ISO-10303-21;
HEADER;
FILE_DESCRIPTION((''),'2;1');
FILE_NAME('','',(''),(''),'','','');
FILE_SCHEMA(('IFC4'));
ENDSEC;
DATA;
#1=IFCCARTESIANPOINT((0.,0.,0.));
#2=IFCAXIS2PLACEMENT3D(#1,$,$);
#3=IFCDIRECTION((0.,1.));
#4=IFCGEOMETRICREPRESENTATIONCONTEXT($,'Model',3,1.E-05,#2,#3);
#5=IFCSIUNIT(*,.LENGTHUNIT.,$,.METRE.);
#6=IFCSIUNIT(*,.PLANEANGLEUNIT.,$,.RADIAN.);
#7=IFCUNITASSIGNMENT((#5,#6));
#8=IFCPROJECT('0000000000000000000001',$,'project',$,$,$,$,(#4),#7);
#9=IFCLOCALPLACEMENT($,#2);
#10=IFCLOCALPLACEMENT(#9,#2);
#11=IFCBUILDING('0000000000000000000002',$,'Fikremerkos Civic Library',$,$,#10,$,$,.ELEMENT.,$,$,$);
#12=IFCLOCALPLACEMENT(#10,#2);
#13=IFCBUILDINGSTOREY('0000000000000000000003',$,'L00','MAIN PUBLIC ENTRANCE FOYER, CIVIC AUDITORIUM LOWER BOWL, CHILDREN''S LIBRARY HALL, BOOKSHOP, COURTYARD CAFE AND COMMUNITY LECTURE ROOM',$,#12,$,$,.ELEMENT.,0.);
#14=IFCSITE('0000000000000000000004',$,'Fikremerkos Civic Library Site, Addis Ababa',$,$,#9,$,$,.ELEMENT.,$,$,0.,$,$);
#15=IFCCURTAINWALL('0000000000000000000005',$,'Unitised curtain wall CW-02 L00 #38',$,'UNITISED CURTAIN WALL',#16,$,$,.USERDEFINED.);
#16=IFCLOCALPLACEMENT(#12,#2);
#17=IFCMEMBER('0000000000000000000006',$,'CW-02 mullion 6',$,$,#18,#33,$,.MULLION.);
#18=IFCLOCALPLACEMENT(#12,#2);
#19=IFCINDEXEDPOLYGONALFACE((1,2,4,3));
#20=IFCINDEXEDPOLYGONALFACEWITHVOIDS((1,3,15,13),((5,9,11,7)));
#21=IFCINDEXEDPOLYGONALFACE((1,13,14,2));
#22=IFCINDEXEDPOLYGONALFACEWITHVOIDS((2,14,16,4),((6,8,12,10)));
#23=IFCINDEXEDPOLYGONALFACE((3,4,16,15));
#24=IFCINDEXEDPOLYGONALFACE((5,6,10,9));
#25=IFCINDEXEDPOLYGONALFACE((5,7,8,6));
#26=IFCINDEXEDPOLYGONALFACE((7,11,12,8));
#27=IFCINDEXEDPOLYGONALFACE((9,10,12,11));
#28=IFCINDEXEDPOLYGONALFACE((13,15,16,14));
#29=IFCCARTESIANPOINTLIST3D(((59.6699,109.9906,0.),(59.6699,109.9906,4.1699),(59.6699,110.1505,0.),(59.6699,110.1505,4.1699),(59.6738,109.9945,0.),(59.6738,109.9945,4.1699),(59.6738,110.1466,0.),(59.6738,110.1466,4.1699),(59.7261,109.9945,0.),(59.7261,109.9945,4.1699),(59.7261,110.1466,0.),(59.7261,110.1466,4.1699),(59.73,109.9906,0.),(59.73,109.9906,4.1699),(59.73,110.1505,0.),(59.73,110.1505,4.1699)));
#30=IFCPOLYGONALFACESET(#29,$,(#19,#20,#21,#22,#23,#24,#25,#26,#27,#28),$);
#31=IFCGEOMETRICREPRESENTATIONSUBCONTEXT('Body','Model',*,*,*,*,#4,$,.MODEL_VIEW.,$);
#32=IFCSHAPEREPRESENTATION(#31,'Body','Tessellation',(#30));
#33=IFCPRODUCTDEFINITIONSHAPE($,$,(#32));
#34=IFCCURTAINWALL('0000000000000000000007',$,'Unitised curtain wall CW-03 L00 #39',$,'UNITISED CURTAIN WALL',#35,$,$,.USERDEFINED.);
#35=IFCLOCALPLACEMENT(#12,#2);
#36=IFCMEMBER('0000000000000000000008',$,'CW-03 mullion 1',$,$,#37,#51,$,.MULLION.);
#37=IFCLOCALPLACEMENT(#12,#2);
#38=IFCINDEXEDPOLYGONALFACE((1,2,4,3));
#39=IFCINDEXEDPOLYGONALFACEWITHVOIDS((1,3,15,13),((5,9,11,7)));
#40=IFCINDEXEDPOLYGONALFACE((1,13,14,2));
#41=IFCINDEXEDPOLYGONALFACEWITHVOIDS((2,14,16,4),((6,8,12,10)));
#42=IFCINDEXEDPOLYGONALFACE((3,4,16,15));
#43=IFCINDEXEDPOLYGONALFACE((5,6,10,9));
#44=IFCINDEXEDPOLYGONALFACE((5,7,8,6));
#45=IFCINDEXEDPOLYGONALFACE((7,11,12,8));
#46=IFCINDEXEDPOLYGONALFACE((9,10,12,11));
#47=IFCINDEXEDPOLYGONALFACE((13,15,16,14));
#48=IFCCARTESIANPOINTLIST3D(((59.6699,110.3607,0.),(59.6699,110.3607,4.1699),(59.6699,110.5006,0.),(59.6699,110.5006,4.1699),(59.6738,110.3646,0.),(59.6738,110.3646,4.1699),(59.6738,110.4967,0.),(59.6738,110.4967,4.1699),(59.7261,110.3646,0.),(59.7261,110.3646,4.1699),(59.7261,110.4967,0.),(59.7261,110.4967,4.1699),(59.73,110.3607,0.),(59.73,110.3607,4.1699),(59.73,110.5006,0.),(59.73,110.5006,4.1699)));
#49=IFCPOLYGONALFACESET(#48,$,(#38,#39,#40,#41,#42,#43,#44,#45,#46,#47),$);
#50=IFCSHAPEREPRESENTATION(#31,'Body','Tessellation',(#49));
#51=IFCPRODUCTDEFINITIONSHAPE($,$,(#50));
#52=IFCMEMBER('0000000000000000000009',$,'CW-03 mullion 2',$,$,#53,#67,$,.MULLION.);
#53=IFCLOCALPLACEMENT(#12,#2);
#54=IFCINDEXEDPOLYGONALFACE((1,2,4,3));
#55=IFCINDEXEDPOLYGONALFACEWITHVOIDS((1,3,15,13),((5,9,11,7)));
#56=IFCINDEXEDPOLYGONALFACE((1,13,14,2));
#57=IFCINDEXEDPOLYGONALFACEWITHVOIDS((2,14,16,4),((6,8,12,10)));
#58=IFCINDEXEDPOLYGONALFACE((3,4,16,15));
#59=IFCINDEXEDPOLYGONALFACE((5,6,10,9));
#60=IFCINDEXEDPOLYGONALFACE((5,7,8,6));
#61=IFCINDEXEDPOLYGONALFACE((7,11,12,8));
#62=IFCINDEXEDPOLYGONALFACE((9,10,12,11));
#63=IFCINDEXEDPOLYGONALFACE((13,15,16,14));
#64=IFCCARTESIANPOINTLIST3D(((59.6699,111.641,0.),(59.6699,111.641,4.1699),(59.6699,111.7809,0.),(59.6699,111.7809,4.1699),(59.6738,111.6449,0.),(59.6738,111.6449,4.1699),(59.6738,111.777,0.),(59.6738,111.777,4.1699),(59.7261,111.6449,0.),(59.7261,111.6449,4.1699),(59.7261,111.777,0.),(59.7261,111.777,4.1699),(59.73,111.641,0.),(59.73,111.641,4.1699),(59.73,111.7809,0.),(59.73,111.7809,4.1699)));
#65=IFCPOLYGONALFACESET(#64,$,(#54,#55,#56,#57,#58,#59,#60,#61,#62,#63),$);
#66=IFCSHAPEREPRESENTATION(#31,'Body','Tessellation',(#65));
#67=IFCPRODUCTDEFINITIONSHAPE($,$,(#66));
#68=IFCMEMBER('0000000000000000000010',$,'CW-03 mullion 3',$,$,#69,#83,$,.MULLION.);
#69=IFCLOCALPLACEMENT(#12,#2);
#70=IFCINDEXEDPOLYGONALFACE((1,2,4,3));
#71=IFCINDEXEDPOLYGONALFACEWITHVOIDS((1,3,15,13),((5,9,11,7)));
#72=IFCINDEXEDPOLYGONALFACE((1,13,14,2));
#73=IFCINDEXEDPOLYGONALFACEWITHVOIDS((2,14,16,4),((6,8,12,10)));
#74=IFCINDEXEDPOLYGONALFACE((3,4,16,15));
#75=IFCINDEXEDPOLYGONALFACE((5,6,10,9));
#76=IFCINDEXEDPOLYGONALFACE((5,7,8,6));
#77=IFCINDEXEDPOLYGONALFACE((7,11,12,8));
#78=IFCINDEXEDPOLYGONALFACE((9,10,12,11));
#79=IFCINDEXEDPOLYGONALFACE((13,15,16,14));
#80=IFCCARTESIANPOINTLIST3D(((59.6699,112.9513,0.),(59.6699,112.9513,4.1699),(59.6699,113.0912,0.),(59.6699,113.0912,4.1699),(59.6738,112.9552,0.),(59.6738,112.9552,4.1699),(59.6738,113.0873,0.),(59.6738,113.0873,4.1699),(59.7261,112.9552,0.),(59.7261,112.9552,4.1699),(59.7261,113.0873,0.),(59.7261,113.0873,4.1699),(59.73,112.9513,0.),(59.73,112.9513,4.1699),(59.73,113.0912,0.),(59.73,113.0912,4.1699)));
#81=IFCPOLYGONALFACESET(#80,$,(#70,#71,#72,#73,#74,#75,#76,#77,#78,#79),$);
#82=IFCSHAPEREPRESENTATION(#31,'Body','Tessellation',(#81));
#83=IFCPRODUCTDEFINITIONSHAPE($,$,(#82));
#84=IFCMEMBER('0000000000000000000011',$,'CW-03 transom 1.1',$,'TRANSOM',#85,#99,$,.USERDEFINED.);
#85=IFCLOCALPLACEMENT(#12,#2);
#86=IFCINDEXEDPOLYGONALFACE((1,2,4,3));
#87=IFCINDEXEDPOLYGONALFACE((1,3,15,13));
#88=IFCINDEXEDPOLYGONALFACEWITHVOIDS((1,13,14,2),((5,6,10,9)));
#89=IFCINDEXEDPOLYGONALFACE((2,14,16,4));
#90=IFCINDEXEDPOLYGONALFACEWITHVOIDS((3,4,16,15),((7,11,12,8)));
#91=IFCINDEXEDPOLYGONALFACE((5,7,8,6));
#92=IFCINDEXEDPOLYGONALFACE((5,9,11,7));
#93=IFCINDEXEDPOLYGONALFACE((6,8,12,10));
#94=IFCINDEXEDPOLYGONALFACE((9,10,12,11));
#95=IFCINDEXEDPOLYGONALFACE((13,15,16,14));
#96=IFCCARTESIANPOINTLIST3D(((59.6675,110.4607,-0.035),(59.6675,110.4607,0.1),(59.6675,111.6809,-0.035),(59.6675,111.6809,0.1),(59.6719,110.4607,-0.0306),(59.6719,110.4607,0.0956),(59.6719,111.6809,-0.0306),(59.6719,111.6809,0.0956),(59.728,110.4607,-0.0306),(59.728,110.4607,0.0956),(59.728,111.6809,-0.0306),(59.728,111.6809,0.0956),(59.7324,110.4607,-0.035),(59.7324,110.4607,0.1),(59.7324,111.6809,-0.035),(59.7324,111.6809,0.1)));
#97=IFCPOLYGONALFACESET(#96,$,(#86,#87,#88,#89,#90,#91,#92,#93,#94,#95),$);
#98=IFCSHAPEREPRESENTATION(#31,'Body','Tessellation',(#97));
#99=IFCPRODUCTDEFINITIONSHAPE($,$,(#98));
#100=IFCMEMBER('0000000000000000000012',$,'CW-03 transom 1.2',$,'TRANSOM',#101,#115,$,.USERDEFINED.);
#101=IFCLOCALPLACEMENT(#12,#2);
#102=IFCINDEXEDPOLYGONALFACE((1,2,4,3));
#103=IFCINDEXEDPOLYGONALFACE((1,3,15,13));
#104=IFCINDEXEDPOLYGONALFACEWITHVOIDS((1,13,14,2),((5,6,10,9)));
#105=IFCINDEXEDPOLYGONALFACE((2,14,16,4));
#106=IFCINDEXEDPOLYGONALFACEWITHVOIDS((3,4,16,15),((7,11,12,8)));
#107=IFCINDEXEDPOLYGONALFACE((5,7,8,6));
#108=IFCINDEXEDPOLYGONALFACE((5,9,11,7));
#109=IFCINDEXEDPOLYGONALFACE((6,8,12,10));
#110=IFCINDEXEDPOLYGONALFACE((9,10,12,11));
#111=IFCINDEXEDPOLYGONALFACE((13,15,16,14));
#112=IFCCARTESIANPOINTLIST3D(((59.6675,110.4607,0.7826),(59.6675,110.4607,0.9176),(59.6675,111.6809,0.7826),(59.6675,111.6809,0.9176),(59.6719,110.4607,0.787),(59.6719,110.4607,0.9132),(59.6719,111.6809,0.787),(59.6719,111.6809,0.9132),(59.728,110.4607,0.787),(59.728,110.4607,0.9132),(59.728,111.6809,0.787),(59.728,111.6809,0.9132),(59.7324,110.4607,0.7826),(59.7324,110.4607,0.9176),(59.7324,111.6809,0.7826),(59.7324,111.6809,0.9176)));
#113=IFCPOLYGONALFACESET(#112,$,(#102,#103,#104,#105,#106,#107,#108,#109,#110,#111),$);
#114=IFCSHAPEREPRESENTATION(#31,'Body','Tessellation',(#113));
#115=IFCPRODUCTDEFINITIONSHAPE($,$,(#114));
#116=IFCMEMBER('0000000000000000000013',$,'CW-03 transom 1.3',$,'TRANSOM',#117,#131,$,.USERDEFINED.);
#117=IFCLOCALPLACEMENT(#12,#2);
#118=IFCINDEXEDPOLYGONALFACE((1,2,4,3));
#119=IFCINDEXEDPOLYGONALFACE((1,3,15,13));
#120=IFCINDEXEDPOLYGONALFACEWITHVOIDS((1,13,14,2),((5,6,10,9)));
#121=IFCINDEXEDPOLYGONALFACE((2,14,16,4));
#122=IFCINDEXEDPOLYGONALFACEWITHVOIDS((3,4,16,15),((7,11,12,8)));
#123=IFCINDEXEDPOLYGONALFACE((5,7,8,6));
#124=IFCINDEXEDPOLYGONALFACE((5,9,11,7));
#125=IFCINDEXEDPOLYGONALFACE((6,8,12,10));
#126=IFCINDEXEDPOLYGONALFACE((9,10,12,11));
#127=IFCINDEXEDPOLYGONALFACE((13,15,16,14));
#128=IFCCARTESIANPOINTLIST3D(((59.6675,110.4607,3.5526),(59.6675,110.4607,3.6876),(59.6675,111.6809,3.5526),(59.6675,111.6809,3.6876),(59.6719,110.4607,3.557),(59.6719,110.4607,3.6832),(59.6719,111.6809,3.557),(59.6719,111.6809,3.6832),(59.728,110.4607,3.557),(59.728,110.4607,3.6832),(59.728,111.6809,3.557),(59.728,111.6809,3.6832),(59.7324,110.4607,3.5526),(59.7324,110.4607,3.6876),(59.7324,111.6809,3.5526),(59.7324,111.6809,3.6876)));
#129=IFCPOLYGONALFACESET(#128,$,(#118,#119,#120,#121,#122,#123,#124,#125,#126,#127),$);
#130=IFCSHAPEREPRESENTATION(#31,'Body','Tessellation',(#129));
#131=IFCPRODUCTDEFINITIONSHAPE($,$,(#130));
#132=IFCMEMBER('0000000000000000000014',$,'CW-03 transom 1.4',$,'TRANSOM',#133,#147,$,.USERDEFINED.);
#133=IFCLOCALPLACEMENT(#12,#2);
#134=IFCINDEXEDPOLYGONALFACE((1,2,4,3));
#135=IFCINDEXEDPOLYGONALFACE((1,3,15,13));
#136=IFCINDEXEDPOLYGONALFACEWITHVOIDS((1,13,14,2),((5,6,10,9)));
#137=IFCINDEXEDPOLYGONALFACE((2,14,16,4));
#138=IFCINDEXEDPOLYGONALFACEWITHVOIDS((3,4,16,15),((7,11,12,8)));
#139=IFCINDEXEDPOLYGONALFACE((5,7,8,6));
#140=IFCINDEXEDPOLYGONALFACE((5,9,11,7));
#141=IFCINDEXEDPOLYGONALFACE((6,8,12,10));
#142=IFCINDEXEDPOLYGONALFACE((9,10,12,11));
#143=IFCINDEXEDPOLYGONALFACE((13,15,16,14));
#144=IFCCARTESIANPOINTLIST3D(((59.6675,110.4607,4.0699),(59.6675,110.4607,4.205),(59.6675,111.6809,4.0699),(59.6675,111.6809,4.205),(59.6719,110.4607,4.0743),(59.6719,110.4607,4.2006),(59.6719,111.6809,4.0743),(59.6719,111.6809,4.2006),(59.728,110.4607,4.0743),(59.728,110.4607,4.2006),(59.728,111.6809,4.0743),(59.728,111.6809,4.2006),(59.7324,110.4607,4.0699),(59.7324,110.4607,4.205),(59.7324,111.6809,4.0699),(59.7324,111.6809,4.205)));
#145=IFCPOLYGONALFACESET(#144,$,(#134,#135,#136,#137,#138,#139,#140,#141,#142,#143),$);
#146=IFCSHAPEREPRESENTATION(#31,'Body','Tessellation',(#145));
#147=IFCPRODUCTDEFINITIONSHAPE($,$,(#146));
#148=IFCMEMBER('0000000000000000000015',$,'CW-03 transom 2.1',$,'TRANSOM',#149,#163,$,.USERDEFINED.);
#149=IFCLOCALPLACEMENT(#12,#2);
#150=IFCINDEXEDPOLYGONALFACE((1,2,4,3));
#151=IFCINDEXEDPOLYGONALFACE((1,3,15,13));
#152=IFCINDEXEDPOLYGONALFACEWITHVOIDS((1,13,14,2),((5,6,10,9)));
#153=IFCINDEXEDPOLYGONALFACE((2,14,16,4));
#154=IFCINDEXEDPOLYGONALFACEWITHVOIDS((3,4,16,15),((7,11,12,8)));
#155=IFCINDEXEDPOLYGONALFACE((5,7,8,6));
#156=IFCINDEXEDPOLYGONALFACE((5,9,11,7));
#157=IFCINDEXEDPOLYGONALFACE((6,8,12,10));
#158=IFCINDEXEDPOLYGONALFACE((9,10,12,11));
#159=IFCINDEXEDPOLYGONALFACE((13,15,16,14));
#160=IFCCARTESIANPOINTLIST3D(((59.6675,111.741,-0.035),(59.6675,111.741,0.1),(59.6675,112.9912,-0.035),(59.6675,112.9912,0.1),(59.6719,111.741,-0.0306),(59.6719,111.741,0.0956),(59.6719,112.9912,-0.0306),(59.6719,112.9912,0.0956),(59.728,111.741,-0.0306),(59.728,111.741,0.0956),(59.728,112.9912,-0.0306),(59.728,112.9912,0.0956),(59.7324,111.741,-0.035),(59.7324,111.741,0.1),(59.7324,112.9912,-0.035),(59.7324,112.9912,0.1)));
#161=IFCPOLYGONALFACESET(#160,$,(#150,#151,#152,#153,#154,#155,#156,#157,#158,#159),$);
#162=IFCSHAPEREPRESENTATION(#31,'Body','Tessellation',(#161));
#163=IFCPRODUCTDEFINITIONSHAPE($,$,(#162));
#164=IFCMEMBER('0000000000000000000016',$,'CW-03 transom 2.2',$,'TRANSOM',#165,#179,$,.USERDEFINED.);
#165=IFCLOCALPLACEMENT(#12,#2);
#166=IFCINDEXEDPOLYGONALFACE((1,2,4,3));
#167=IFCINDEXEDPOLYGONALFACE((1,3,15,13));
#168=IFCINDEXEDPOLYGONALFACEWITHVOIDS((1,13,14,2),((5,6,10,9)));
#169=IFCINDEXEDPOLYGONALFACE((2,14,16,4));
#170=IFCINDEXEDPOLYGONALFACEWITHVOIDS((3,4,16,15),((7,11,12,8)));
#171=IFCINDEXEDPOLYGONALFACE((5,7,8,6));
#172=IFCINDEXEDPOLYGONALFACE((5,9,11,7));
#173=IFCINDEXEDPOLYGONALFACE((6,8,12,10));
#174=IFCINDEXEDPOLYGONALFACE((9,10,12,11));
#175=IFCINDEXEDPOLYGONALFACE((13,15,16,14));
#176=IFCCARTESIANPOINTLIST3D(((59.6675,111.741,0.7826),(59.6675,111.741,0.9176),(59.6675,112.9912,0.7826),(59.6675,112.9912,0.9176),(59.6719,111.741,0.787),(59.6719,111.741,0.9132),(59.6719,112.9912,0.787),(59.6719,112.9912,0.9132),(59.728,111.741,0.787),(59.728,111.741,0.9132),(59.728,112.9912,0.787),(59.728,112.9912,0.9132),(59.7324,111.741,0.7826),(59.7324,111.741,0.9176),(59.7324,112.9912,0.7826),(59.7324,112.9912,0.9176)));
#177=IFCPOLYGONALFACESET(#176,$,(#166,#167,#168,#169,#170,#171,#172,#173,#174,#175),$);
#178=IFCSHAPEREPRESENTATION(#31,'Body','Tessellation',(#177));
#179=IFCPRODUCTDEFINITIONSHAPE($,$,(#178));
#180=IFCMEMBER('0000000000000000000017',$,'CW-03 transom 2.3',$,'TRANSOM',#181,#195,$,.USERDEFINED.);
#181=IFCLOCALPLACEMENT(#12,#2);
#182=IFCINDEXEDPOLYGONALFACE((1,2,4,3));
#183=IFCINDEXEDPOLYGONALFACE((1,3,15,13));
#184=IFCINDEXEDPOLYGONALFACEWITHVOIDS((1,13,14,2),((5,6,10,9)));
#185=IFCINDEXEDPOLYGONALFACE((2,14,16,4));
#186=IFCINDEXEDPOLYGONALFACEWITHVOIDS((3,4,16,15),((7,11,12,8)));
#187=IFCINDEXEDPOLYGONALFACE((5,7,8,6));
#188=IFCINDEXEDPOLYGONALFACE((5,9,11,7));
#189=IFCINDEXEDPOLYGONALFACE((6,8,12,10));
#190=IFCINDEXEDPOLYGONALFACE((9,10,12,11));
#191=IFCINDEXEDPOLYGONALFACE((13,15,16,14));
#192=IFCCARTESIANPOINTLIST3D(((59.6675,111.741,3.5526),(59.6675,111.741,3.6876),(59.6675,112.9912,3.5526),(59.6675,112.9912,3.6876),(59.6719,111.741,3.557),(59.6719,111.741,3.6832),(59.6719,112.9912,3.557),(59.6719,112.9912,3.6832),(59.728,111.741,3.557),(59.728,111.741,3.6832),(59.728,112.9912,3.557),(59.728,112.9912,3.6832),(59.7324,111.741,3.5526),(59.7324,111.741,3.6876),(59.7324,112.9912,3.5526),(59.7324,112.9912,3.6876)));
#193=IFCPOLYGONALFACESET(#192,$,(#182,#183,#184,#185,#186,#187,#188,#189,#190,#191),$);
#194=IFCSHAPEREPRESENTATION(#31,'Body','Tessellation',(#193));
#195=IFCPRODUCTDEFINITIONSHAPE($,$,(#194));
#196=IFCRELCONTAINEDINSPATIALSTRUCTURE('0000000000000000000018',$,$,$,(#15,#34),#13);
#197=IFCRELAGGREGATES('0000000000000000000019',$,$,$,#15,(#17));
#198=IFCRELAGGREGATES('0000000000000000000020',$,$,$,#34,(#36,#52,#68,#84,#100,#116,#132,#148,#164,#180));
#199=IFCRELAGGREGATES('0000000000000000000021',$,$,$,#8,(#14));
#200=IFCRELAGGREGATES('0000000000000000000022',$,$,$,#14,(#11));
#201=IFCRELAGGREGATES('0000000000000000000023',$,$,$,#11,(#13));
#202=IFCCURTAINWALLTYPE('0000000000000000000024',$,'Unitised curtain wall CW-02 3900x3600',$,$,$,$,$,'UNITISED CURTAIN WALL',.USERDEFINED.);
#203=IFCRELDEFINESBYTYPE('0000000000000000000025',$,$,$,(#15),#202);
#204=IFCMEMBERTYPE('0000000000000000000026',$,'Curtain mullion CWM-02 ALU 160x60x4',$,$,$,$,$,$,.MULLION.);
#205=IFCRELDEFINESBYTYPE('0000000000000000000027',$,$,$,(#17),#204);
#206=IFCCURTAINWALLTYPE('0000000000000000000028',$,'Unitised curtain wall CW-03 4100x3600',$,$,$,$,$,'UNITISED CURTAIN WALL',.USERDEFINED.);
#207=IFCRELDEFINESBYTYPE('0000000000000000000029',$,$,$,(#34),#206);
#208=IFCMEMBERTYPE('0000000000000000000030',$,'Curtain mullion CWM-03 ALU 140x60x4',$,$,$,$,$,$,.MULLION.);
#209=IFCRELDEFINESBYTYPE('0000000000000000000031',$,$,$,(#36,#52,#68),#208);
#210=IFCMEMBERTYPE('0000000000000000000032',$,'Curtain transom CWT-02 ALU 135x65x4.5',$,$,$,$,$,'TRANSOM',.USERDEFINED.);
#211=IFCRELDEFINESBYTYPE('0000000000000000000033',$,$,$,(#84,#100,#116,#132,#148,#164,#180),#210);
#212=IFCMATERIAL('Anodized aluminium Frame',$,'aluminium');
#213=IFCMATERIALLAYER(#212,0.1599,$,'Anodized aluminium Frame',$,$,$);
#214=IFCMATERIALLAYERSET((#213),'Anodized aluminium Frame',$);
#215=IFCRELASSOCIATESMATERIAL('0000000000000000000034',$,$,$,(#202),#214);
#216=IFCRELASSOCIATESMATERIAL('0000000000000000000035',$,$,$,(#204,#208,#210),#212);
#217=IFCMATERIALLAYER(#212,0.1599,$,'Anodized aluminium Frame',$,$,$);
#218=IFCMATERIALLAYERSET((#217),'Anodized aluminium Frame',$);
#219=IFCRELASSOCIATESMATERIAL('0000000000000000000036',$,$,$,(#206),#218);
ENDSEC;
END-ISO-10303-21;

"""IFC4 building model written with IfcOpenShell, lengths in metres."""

from ifc_helpers import new_model, si_unit, direction, frame, origin, origin_2d, place, context, subcontext, project, spatial, hollow_rectangle, extrude, material, layer, layer_set, material_profile, profile_set, type_object, element, aggregate, save


model = new_model("IFC4")

# Units and contexts
model_context = context("Model", 3, precision=1e-05, world=origin(), true_north=direction((0.0, 1.0)))
body_context = subcontext(model_context, "Body", "Model", "MODEL_VIEW")
ifc_project = project(units=[si_unit("LENGTHUNIT", "METRE"), si_unit("PLANEANGLEUNIT", "RADIAN")], contexts=[model_context])

# Site, building, storey
site_placement = place(None, origin())
site = spatial("IfcSite", under=ifc_project, at=site_placement, Name="Fikremerkos Civic Library Site, Addis Ababa", CompositionType="ELEMENT", RefElevation=0.0)
building_placement = place(site_placement, origin())
building = spatial("IfcBuilding", under=site, at=building_placement, Name="Fikremerkos Civic Library", CompositionType="ELEMENT")
storey_placement = place(building_placement, origin())
storey = spatial("IfcBuildingStorey", under=building, at=storey_placement, Name="L00", Description="MAIN PUBLIC ENTRANCE FOYER, CIVIC AUDITORIUM LOWER BOWL, CHILDREN'S LIBRARY HALL, BOOKSHOP, COURTYARD CAFE AND COMMUNITY LECTURE ROOM", CompositionType="ELEMENT", Elevation=0.0)

# Curtain wall, member
ifc_material_1 = material(Name="Anodized aluminium Frame", Category="aluminium")
ifc_layer_1 = layer(ifc_material_1, 0.1599, Name="Anodized aluminium Frame")
ifc_layer_set_1 = layer_set([ifc_layer_1], Name="Anodized aluminium Frame")
curtain_wall_type_1 = type_object("IfcCurtainWallType", Name="Unitised curtain wall CW-02 3900x3600", ElementType="UNITISED CURTAIN WALL", PredefinedType="USERDEFINED", material=ifc_layer_set_1)
curtain_wall_1_placement = place(storey_placement, origin())
curtain_wall_1 = element("IfcCurtainWall", 1, at=curtain_wall_1_placement, inside=storey, type_object=curtain_wall_type_1, Name="Unitised curtain wall CW-02 L00 #38", ObjectType="UNITISED CURTAIN WALL", PredefinedType="USERDEFINED")
ifc_material_profile_1 = material_profile(ifc_material_1, hollow_rectangle(XDim=0.0601, YDim=0.1599, WallThickness=0.0039, at=origin_2d()), Name="ALU 160x60x4")
ifc_profile_set_1 = profile_set([ifc_material_profile_1], Name="Anodized aluminium Frame")
member_type_1 = type_object("IfcMemberType", Name="Curtain mullion CWM-02 ALU 160x60x4", PredefinedType="MULLION", material=ifc_profile_set_1)
member_1_placement = place(storey_placement, frame((59.7, 110.0706, 0.0), z_axis=(0.0, 0.0, 1.0), x_axis=(-1.0, 0.0, 0.0)))
member_1 = element("IfcMember", 2, at=member_1_placement, type_object=member_type_1, Name="CW-02 mullion 6", PredefinedType="MULLION", context=body_context, shape_type="SweptSolid", body=[
    extrude(hollow_rectangle(XDim=0.0601, YDim=0.1599, WallThickness=0.0039, at=origin_2d()), origin(), (0.0, 0.0, 1.0), 4.1699),
])
aggregate(curtain_wall_1, [member_1])

# Curtain wall, members
ifc_layer_2 = layer(ifc_material_1, 0.1599, Name="Anodized aluminium Frame")
ifc_layer_set_2 = layer_set([ifc_layer_2], Name="Anodized aluminium Frame")
curtain_wall_type_2 = type_object("IfcCurtainWallType", Name="Unitised curtain wall CW-03 4100x3600", ElementType="UNITISED CURTAIN WALL", PredefinedType="USERDEFINED", material=ifc_layer_set_2)
curtain_wall_2_placement = place(storey_placement, origin())
curtain_wall_2 = element("IfcCurtainWall", 3, at=curtain_wall_2_placement, inside=storey, type_object=curtain_wall_type_2, Name="Unitised curtain wall CW-03 L00 #39", ObjectType="UNITISED CURTAIN WALL", PredefinedType="USERDEFINED")
ifc_material_profile_2 = material_profile(ifc_material_1, hollow_rectangle(XDim=0.0601, YDim=0.1399, WallThickness=0.0039, at=origin_2d()), Name="ALU 140x60x4")
ifc_profile_set_2 = profile_set([ifc_material_profile_2], Name="Anodized aluminium Frame")
member_type_2 = type_object("IfcMemberType", Name="Curtain mullion CWM-03 ALU 140x60x4", PredefinedType="MULLION", material=ifc_profile_set_2)
member_2_placement = place(storey_placement, frame((59.7, 110.4307, 0.0), z_axis=(0.0, 0.0, 1.0), x_axis=(-1.0, 0.0, 0.0)))
member_2 = element("IfcMember", 4, at=member_2_placement, type_object=member_type_2, Name="CW-03 mullion 1", PredefinedType="MULLION", context=body_context, shape_type="SweptSolid", body=[
    extrude(hollow_rectangle(XDim=0.0601, YDim=0.1399, WallThickness=0.0039, at=origin_2d()), origin(), (0.0, 0.0, 1.0), 4.1699),
])
member_3_placement = place(storey_placement, frame((59.7, 111.7109, 0.0), z_axis=(0.0, 0.0, 1.0), x_axis=(-1.0, 0.0, 0.0)))
member_3 = element("IfcMember", 5, at=member_3_placement, type_object=member_type_2, Name="CW-03 mullion 2", PredefinedType="MULLION", context=body_context, shape_type="SweptSolid", body=[
    extrude(hollow_rectangle(XDim=0.0601, YDim=0.1399, WallThickness=0.0039, at=origin_2d()), origin(), (0.0, 0.0, 1.0), 4.1699),
])
member_4_placement = place(storey_placement, frame((59.7, 113.0212, 0.0), z_axis=(0.0, 0.0, 1.0), x_axis=(-1.0, 0.0, 0.0)))
member_4 = element("IfcMember", 6, at=member_4_placement, type_object=member_type_2, Name="CW-03 mullion 3", PredefinedType="MULLION", context=body_context, shape_type="SweptSolid", body=[
    extrude(hollow_rectangle(XDim=0.0601, YDim=0.1399, WallThickness=0.0039, at=origin_2d()), origin(), (0.0, 0.0, 1.0), 4.1699),
])
ifc_material_profile_3 = material_profile(ifc_material_1, hollow_rectangle(XDim=0.0649, YDim=0.135, WallThickness=0.0044, at=origin_2d()), Name="ALU 135x65x4.5")
ifc_profile_set_3 = profile_set([ifc_material_profile_3], Name="Anodized aluminium Frame")
member_type_3 = type_object("IfcMemberType", Name="Curtain transom CWT-02 ALU 135x65x4.5", ElementType="TRANSOM", PredefinedType="USERDEFINED", material=ifc_profile_set_3)
member_5_placement = place(storey_placement, frame((59.7, 110.4607, 0.0325), z_axis=(0.0, 1.0, 0.0), x_axis=(-1.0, 0.0, 0.0)))
member_5 = element("IfcMember", 7, at=member_5_placement, type_object=member_type_3, Name="CW-03 transom 1.1", ObjectType="TRANSOM", PredefinedType="USERDEFINED", context=body_context, shape_type="SweptSolid", body=[
    extrude(hollow_rectangle(XDim=0.0649, YDim=0.135, WallThickness=0.0044, at=origin_2d()), origin(), (0.0, 0.0, 1.0), 1.2202),
])
member_6_placement = place(storey_placement, frame((59.7, 110.4607, 0.8501), z_axis=(0.0, 1.0, 0.0), x_axis=(-1.0, 0.0, 0.0)))
member_6 = element("IfcMember", 8, at=member_6_placement, type_object=member_type_3, Name="CW-03 transom 1.2", ObjectType="TRANSOM", PredefinedType="USERDEFINED", context=body_context, shape_type="SweptSolid", body=[
    extrude(hollow_rectangle(XDim=0.0649, YDim=0.135, WallThickness=0.0044, at=origin_2d()), origin(), (0.0, 0.0, 1.0), 1.2202),
])
member_7_placement = place(storey_placement, frame((59.7, 110.4607, 3.6201), z_axis=(0.0, 1.0, 0.0), x_axis=(-1.0, 0.0, 0.0)))
member_7 = element("IfcMember", 9, at=member_7_placement, type_object=member_type_3, Name="CW-03 transom 1.3", ObjectType="TRANSOM", PredefinedType="USERDEFINED", context=body_context, shape_type="SweptSolid", body=[
    extrude(hollow_rectangle(XDim=0.0649, YDim=0.135, WallThickness=0.0044, at=origin_2d()), origin(), (0.0, 0.0, 1.0), 1.2202),
])
member_8_placement = place(storey_placement, frame((59.7, 110.4607, 4.1375), z_axis=(0.0, 1.0, 0.0), x_axis=(-1.0, 0.0, 0.0)))
member_8 = element("IfcMember", 10, at=member_8_placement, type_object=member_type_3, Name="CW-03 transom 1.4", ObjectType="TRANSOM", PredefinedType="USERDEFINED", context=body_context, shape_type="SweptSolid", body=[
    extrude(hollow_rectangle(XDim=0.0649, YDim=0.135, WallThickness=0.0044, at=origin_2d()), origin(), (0.0, 0.0, 1.0), 1.2202),
])
member_9_placement = place(storey_placement, frame((59.7, 111.741, 0.0325), z_axis=(0.0, 1.0, 0.0), x_axis=(-1.0, 0.0, 0.0)))
member_9 = element("IfcMember", 11, at=member_9_placement, type_object=member_type_3, Name="CW-03 transom 2.1", ObjectType="TRANSOM", PredefinedType="USERDEFINED", context=body_context, shape_type="SweptSolid", body=[
    extrude(hollow_rectangle(XDim=0.0649, YDim=0.135, WallThickness=0.0044, at=origin_2d()), origin(), (0.0, 0.0, 1.0), 1.2502),
])
member_10_placement = place(storey_placement, frame((59.7, 111.741, 0.8501), z_axis=(0.0, 1.0, 0.0), x_axis=(-1.0, 0.0, 0.0)))
member_10 = element("IfcMember", 12, at=member_10_placement, type_object=member_type_3, Name="CW-03 transom 2.2", ObjectType="TRANSOM", PredefinedType="USERDEFINED", context=body_context, shape_type="SweptSolid", body=[
    extrude(hollow_rectangle(XDim=0.0649, YDim=0.135, WallThickness=0.0044, at=origin_2d()), origin(), (0.0, 0.0, 1.0), 1.2502),
])
member_11_placement = place(storey_placement, frame((59.7, 111.741, 3.6201), z_axis=(0.0, 1.0, 0.0), x_axis=(-1.0, 0.0, 0.0)))
member_11 = element("IfcMember", 13, at=member_11_placement, type_object=member_type_3, Name="CW-03 transom 2.3", ObjectType="TRANSOM", PredefinedType="USERDEFINED", context=body_context, shape_type="SweptSolid", body=[
    extrude(hollow_rectangle(XDim=0.0649, YDim=0.135, WallThickness=0.0044, at=origin_2d()), origin(), (0.0, 0.0, 1.0), 1.2502),
])
aggregate(curtain_wall_2, [member_2, member_3, member_4, member_5, member_6, member_7, member_8, member_9, member_10, member_11])

save(model, "model.ifc")
